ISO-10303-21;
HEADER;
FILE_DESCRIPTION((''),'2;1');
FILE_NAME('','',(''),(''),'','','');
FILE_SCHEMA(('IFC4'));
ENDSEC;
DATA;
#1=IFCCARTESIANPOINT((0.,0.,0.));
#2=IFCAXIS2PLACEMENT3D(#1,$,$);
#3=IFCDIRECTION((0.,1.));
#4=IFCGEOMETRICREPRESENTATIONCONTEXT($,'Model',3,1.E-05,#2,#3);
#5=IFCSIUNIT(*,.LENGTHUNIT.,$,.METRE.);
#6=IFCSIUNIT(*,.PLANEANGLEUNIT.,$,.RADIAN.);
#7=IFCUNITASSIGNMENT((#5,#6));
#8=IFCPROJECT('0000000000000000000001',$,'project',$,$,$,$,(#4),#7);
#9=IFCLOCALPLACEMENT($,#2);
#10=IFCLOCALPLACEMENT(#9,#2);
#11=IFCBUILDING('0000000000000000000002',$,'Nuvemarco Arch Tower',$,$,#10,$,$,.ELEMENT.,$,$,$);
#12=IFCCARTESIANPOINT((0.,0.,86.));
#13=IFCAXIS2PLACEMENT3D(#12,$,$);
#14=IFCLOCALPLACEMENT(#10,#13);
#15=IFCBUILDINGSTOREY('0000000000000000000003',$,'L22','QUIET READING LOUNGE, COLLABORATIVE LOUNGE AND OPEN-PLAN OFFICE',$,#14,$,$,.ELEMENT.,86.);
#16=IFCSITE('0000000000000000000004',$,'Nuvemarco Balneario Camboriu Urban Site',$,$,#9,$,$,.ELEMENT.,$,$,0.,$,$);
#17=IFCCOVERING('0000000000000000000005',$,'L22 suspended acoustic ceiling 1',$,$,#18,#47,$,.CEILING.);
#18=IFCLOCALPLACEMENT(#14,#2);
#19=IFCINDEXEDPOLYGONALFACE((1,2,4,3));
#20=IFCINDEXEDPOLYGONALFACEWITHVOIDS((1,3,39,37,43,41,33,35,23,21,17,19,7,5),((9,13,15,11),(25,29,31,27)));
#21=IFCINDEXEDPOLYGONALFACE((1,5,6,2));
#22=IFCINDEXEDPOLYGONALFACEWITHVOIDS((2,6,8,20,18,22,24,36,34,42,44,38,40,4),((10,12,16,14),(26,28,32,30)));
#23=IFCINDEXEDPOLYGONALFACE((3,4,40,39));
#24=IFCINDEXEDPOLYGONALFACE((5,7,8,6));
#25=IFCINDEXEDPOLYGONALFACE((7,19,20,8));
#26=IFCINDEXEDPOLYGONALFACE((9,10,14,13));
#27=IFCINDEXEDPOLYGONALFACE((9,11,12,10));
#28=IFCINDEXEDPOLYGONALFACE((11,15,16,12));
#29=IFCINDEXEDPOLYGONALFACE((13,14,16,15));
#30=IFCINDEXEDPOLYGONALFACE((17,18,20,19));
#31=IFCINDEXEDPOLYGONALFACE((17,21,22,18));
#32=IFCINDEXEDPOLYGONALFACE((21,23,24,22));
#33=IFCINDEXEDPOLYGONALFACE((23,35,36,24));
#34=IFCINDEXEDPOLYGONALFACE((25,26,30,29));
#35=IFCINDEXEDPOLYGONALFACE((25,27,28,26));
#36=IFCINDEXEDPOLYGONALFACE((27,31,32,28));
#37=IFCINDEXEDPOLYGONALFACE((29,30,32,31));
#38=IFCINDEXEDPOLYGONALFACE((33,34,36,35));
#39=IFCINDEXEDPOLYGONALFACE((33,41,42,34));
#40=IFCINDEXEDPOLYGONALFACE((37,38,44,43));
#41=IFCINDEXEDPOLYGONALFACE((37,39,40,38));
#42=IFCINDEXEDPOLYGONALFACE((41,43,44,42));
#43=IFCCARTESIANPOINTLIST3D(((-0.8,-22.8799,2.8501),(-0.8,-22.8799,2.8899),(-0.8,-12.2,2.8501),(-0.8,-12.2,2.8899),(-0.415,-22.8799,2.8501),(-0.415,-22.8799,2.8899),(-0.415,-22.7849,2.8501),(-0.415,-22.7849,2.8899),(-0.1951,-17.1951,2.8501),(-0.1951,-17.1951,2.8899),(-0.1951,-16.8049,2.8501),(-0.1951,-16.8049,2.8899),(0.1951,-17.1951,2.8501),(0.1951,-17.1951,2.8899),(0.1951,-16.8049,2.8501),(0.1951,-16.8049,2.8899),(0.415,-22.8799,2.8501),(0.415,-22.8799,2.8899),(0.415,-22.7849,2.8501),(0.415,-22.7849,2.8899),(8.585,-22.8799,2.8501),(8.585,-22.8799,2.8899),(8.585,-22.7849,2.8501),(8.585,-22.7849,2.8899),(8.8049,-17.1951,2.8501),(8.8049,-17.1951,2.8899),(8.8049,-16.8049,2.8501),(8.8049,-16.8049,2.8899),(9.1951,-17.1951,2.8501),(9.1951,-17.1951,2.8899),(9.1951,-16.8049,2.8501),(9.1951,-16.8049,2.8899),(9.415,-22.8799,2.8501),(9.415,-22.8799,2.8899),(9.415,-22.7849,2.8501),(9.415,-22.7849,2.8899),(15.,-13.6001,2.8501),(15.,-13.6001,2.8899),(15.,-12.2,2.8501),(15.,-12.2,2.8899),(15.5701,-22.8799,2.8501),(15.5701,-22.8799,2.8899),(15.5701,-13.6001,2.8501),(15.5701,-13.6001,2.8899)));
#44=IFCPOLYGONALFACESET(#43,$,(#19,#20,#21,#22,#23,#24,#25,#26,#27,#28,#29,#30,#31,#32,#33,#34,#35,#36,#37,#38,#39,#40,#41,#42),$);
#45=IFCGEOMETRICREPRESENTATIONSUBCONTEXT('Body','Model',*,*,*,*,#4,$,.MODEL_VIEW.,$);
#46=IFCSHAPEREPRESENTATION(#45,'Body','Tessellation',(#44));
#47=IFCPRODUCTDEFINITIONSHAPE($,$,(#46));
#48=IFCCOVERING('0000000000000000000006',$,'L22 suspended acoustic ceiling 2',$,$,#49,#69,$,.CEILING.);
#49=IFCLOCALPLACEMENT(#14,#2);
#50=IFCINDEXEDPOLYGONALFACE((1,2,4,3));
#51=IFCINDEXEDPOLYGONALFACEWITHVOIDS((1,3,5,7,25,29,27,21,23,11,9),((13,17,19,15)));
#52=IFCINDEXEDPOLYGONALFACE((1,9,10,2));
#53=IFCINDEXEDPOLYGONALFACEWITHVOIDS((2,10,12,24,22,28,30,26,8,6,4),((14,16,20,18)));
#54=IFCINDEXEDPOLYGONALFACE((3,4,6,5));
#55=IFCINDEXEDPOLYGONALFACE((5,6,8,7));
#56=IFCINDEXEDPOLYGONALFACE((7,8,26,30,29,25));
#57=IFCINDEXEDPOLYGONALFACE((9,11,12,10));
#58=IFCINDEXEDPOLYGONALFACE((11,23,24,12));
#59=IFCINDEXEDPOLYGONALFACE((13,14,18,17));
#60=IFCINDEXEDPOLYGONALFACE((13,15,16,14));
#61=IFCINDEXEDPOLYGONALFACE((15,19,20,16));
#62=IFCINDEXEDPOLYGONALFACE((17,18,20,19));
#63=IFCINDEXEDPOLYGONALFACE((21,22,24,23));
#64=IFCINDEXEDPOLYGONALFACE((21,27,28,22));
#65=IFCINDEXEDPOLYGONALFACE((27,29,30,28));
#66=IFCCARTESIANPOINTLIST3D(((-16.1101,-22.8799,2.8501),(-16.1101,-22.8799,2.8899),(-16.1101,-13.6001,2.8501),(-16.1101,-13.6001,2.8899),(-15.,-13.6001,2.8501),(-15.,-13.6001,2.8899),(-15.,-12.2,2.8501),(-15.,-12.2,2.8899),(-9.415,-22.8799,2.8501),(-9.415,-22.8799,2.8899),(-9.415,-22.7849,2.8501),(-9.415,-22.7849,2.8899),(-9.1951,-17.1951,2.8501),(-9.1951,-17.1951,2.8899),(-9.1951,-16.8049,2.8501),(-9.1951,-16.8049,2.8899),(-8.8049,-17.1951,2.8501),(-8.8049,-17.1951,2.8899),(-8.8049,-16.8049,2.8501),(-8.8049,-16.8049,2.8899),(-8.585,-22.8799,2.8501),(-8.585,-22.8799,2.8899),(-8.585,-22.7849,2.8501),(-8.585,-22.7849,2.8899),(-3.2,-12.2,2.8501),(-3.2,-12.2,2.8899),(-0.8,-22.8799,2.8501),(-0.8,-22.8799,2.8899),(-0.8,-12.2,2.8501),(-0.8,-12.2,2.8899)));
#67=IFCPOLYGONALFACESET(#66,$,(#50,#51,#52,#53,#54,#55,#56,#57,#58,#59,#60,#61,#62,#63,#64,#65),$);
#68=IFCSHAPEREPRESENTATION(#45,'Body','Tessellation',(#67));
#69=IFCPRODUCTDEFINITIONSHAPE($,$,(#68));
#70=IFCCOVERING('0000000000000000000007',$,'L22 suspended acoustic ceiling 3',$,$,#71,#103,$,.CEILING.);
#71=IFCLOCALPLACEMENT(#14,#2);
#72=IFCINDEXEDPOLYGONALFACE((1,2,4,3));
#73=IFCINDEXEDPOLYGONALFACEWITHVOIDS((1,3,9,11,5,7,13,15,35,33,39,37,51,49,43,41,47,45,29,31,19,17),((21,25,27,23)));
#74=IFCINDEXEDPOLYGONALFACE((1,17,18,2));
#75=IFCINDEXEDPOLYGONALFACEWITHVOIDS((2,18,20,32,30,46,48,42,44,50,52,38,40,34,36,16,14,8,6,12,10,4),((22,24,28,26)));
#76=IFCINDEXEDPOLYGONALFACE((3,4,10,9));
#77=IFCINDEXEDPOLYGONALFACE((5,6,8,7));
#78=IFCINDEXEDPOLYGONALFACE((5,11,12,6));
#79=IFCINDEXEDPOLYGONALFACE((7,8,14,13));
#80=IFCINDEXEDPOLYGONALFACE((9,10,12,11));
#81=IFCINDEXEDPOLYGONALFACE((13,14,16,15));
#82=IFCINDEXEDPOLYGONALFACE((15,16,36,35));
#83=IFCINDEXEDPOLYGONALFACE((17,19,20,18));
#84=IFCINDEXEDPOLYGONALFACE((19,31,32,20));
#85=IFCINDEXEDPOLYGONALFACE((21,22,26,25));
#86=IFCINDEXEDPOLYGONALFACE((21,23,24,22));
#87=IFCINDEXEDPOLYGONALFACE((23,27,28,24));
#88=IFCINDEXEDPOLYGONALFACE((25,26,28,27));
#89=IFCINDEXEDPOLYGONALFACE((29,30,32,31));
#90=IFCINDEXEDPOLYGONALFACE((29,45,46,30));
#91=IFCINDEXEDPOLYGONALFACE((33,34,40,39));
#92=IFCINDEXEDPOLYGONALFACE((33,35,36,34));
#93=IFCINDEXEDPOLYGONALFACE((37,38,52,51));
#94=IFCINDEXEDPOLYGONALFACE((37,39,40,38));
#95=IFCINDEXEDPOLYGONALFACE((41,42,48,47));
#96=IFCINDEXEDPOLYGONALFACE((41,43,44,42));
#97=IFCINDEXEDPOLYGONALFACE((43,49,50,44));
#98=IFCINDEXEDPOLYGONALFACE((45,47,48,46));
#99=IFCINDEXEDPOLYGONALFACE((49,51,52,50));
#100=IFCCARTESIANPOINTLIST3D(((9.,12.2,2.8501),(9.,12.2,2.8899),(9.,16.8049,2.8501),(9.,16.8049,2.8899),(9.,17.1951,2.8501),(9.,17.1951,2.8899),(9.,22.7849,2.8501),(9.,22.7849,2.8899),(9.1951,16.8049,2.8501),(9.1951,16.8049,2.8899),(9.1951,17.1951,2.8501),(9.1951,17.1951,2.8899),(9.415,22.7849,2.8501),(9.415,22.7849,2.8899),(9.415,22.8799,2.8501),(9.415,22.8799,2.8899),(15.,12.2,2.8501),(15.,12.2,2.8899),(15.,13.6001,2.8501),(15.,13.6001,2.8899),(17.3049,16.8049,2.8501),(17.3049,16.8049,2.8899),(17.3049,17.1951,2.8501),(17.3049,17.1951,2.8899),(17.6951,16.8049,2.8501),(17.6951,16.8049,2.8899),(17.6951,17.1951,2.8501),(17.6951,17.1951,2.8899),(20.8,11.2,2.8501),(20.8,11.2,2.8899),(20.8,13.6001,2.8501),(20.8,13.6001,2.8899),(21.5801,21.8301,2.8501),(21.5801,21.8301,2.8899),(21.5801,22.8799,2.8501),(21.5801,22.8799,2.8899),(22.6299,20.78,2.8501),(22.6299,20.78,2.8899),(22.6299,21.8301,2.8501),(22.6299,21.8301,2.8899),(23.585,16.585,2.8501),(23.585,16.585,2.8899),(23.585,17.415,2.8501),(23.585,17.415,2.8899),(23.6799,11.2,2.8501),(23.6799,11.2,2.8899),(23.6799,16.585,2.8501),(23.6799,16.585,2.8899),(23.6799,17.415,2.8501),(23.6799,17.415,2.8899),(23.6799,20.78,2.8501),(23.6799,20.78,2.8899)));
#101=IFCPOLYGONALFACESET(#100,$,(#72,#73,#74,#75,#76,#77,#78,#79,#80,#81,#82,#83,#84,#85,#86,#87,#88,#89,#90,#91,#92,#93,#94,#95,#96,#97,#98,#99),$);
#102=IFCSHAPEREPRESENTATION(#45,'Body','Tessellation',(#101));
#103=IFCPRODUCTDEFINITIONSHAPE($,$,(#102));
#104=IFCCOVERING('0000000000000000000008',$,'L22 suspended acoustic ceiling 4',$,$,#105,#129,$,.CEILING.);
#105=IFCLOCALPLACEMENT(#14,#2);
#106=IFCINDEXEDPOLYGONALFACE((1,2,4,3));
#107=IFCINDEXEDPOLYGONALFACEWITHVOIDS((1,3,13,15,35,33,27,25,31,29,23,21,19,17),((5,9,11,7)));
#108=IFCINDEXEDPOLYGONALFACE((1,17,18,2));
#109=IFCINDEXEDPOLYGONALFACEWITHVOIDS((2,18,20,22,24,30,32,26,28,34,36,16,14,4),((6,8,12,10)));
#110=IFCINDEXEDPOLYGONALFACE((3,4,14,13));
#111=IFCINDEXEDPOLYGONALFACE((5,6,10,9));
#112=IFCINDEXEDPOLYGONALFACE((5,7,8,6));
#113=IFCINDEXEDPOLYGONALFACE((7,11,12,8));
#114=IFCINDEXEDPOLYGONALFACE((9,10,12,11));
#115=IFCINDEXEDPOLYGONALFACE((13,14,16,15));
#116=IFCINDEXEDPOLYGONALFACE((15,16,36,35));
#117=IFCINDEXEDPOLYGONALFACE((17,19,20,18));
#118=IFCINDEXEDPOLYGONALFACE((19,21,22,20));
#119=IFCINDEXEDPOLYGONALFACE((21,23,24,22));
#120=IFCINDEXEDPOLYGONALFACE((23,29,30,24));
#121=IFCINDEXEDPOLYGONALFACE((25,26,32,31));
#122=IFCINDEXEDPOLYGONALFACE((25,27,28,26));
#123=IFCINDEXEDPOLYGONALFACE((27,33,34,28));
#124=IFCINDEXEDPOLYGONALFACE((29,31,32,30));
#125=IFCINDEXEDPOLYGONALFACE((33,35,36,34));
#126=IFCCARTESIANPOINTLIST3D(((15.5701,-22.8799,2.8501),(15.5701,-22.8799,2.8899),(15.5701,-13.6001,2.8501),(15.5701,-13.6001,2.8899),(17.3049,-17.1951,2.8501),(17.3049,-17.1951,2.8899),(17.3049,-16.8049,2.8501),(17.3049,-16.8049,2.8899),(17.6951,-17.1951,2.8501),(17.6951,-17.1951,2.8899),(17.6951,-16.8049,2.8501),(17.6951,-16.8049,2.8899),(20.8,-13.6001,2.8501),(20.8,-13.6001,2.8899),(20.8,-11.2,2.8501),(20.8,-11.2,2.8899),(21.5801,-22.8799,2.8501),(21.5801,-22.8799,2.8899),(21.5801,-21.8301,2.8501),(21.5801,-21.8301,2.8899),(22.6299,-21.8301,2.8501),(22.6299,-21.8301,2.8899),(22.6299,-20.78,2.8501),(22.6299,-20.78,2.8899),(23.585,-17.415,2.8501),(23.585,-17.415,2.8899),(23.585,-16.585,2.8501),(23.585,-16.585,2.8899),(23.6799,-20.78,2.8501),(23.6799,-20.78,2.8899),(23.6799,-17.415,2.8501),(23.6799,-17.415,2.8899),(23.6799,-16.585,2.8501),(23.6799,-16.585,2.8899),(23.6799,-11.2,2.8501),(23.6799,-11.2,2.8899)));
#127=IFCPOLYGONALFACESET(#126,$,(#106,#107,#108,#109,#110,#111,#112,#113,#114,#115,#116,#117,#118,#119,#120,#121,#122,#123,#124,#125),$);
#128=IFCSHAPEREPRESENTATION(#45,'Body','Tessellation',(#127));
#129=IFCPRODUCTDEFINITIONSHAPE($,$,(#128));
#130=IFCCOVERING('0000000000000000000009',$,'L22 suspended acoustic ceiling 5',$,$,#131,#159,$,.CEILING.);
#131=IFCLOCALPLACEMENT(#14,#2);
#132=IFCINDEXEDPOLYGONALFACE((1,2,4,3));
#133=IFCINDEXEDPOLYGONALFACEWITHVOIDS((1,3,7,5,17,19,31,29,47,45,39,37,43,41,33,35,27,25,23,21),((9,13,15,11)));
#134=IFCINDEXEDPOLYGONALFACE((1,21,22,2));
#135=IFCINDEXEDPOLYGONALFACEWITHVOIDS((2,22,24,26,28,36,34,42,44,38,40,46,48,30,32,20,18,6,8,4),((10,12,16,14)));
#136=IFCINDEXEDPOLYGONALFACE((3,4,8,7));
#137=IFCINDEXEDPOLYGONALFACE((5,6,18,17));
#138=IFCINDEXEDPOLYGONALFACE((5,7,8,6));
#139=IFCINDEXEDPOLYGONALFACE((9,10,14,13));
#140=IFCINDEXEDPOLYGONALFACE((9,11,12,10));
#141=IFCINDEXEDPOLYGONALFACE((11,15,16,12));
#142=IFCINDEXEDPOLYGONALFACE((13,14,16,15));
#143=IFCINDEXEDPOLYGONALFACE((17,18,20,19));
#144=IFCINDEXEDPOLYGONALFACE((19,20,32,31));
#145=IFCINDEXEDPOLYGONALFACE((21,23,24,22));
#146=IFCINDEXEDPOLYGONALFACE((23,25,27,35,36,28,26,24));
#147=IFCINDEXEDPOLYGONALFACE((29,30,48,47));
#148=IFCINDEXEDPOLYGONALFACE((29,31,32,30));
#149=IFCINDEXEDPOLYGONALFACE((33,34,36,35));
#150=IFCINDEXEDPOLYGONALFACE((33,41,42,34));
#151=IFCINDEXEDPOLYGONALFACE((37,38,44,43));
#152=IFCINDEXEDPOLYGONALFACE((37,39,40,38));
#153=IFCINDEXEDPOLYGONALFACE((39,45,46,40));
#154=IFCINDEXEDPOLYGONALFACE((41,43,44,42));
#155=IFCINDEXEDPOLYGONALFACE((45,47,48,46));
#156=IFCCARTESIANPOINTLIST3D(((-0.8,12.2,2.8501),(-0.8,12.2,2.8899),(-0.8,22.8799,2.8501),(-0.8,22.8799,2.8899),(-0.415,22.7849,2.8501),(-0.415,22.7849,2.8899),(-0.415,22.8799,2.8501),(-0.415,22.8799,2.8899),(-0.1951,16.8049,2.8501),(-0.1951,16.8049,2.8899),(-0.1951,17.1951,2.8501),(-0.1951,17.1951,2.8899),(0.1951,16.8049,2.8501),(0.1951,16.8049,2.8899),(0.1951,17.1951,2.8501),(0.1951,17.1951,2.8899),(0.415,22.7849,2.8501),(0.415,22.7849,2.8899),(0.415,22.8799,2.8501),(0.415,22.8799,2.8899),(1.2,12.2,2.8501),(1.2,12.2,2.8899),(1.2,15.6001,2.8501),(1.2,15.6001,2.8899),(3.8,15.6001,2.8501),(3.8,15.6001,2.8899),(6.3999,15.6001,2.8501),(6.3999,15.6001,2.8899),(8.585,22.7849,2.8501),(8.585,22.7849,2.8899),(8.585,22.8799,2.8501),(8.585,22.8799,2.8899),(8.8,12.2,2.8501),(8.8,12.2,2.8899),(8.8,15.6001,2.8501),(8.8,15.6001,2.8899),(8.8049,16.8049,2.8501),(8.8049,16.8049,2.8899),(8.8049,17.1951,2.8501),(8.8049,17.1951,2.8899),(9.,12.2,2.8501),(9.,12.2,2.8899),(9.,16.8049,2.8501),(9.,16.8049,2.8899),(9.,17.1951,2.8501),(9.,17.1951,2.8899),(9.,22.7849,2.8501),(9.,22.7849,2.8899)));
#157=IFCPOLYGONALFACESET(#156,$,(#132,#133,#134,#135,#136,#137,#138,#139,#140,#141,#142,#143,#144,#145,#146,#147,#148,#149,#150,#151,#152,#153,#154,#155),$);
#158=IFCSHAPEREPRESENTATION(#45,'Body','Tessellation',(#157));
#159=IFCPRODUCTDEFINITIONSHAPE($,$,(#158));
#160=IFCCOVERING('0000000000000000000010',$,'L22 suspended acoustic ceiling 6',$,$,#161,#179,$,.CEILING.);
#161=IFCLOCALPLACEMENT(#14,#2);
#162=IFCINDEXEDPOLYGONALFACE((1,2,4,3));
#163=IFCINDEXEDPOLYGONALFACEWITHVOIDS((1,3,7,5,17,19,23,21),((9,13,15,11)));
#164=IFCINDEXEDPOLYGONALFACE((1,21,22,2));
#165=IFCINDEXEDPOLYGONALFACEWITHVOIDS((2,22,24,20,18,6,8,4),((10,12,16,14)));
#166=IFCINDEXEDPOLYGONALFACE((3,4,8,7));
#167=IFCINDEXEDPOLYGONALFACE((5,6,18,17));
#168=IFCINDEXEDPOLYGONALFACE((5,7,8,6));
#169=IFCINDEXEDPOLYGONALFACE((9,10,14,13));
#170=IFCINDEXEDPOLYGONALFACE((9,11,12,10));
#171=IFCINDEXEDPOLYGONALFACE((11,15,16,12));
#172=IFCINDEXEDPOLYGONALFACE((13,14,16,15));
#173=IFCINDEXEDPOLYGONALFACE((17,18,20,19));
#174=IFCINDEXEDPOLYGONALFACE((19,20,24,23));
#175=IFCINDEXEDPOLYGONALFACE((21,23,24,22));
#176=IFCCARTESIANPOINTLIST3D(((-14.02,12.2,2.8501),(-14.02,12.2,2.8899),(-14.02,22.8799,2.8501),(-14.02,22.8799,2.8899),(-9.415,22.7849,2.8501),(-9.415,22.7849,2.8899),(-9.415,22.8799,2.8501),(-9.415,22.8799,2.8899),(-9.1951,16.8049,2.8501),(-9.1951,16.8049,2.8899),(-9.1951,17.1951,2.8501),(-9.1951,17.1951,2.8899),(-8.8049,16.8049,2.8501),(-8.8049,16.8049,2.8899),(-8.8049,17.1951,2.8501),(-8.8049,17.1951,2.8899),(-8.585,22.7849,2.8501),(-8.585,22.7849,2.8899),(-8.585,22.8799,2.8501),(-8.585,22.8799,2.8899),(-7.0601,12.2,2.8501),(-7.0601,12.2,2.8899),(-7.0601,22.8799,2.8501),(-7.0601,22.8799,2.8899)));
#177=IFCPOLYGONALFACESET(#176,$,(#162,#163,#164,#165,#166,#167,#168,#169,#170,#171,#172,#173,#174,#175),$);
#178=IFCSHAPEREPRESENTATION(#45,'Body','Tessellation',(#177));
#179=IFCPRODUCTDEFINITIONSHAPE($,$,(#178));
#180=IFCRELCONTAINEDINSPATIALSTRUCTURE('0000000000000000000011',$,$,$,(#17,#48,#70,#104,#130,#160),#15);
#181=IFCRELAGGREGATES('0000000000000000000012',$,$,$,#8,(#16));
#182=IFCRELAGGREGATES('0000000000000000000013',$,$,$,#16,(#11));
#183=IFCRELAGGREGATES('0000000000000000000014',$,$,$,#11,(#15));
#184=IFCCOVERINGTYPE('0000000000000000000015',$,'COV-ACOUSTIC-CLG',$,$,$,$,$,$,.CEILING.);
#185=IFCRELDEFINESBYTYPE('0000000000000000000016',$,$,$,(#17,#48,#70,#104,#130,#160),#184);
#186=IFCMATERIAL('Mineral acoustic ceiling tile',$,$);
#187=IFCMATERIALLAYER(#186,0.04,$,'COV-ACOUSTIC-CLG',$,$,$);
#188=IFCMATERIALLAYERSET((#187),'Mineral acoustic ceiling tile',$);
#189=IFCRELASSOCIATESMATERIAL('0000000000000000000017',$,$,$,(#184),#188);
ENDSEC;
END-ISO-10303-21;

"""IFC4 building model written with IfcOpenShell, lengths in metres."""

from ifc_helpers import new_model, si_unit, direction, frame, origin, place, context, subcontext, project, spatial, polyline, outline, extrude, material, layer, layer_set, type_object, element, save


model = new_model("IFC4")

# Units and contexts
model_context = context("Model", 3, precision=1e-05, world=origin(), true_north=direction((0.0, 1.0)))
body_context = subcontext(model_context, "Body", "Model", "MODEL_VIEW")
ifc_project = project(units=[si_unit("LENGTHUNIT", "METRE"), si_unit("PLANEANGLEUNIT", "RADIAN")], contexts=[model_context])

# Site, building, storey
site_placement = place(None, origin())
site = spatial("IfcSite", under=ifc_project, at=site_placement, Name="Nuvemarco Balneario Camboriu Urban Site", CompositionType="ELEMENT", RefElevation=0.0)
building_placement = place(site_placement, origin())
building = spatial("IfcBuilding", under=site, at=building_placement, Name="Nuvemarco Arch Tower", CompositionType="ELEMENT")
storey_placement = place(building_placement, frame((0.0, 0.0, 86.0)))
storey = spatial("IfcBuildingStorey", under=building, at=storey_placement, Name="L22", Description="QUIET READING LOUNGE, COLLABORATIVE LOUNGE AND OPEN-PLAN OFFICE", CompositionType="ELEMENT", Elevation=86.0)

# Coverings
ifc_material_1 = material(Name="Mineral acoustic ceiling tile")
ifc_layer_1 = layer(ifc_material_1, 0.04, Name="COV-ACOUSTIC-CLG")
ifc_layer_set_1 = layer_set([ifc_layer_1], Name="Mineral acoustic ceiling tile")
covering_type_1 = type_object("IfcCoveringType", Name="COV-ACOUSTIC-CLG", PredefinedType="CEILING", material=ifc_layer_set_1)
covering_1_placement = place(storey_placement, frame((0.0, 0.0, 2.8501)))
element("IfcCovering", 1, at=covering_1_placement, inside=storey, type_object=covering_type_1, Name="L22 suspended acoustic ceiling 1", PredefinedType="CEILING", context=body_context, shape_type="SweptSolid", body=[
    extrude(outline(polyline([(15.5701, -13.6001), (15.5701, -22.8799), (9.415, -22.8799), (9.415, -22.7849), (8.585, -22.7849), (8.585, -22.8799), (0.415, -22.8799), (0.415, -22.7849), (-0.415, -22.7849), (-0.415, -22.8799), (-0.8, -22.8799), (-0.8, -12.2), (15.0, -12.2), (15.0, -13.6001), (15.5701, -13.6001)]), holes=[polyline([(0.1951, -17.1951), (0.1951, -16.8049), (-0.1951, -16.8049), (-0.1951, -17.1951), (0.1951, -17.1951)]), polyline([(9.1951, -17.1951), (9.1951, -16.8049), (8.8049, -16.8049), (8.8049, -17.1951), (9.1951, -17.1951)])]), origin(), (0.0, 0.0, 1.0), 0.0398),
])
covering_2_placement = place(storey_placement, frame((0.0, 0.0, 2.8501)))
element("IfcCovering", 2, at=covering_2_placement, inside=storey, type_object=covering_type_1, Name="L22 suspended acoustic ceiling 2", PredefinedType="CEILING", context=body_context, shape_type="SweptSolid", body=[
    extrude(outline(polyline([(-3.2, -12.2), (-0.8, -12.2), (-0.8, -22.8799), (-8.585, -22.8799), (-8.585, -22.7849), (-9.415, -22.7849), (-9.415, -22.8799), (-16.1101, -22.8799), (-16.1101, -13.6001), (-15.0, -13.6001), (-15.0, -12.2), (-3.2, -12.2)]), holes=[polyline([(-8.8049, -17.1951), (-8.8049, -16.8049), (-9.1951, -16.8049), (-9.1951, -17.1951), (-8.8049, -17.1951)])]), origin(), (0.0, 0.0, 1.0), 0.0398),
])
covering_3_placement = place(storey_placement, frame((0.0, 0.0, 2.8501)))
element("IfcCovering", 3, at=covering_3_placement, inside=storey, type_object=covering_type_1, Name="L22 suspended acoustic ceiling 3", PredefinedType="CEILING", context=body_context, shape_type="SweptSolid", body=[
    extrude(outline(polyline([(23.6799, 20.78), (23.6799, 17.415), (23.585, 17.415), (23.585, 16.585), (23.6799, 16.585), (23.6799, 11.2), (20.8, 11.2), (20.8, 13.6001), (15.0, 13.6001), (15.0, 12.2), (9.0, 12.2), (9.0, 16.8049), (9.1951, 16.8049), (9.1951, 17.1951), (9.0, 17.1951), (9.0, 22.7849), (9.415, 22.7849), (9.415, 22.8799), (21.5801, 22.8799), (21.5801, 21.8301), (22.6299, 21.8301), (22.6299, 20.78), (23.6799, 20.78)]), holes=[polyline([(17.6951, 16.8049), (17.6951, 17.1951), (17.3049, 17.1951), (17.3049, 16.8049), (17.6951, 16.8049)])]), origin(), (0.0, 0.0, 1.0), 0.0398),
])
covering_4_placement = place(storey_placement, frame((0.0, 0.0, 2.8501)))
element("IfcCovering", 4, at=covering_4_placement, inside=storey, type_object=covering_type_1, Name="L22 suspended acoustic ceiling 4", PredefinedType="CEILING", context=body_context, shape_type="SweptSolid", body=[
    extrude(outline(polyline([(21.5801, -22.8799), (15.5701, -22.8799), (15.5701, -13.6001), (20.8, -13.6001), (20.8, -11.2), (23.6799, -11.2), (23.6799, -16.585), (23.585, -16.585), (23.585, -17.415), (23.6799, -17.415), (23.6799, -20.78), (22.6299, -20.78), (22.6299, -21.8301), (21.5801, -21.8301), (21.5801, -22.8799)]), holes=[polyline([(17.6951, -17.1951), (17.6951, -16.8049), (17.3049, -16.8049), (17.3049, -17.1951), (17.6951, -17.1951)])]), origin(), (0.0, 0.0, 1.0), 0.0398),
])
covering_5_placement = place(storey_placement, frame((0.0, 0.0, 2.8501)))
element("IfcCovering", 5, at=covering_5_placement, inside=storey, type_object=covering_type_1, Name="L22 suspended acoustic ceiling 5", PredefinedType="CEILING", context=body_context, shape_type="SweptSolid", body=[
    extrude(outline(polyline([(1.2, 15.6001), (1.2, 12.2), (-0.8, 12.2), (-0.8, 22.8799), (-0.415, 22.8799), (-0.415, 22.7849), (0.415, 22.7849), (0.415, 22.8799), (8.585, 22.8799), (8.585, 22.7849), (9.0, 22.7849), (9.0, 17.1951), (8.8049, 17.1951), (8.8049, 16.8049), (9.0, 16.8049), (9.0, 12.2), (8.8, 12.2), (8.8, 15.6001), (6.3999, 15.6001), (3.8, 15.6001), (1.2, 15.6001)]), holes=[polyline([(0.1951, 16.8049), (0.1951, 17.1951), (-0.1951, 17.1951), (-0.1951, 16.8049), (0.1951, 16.8049)])]), origin(), (0.0, 0.0, 1.0), 0.0398),
])
covering_6_placement = place(storey_placement, frame((0.0, 0.0, 2.8501)))
element("IfcCovering", 6, at=covering_6_placement, inside=storey, type_object=covering_type_1, Name="L22 suspended acoustic ceiling 6", PredefinedType="CEILING", context=body_context, shape_type="SweptSolid", body=[
    extrude(outline(polyline([(-7.0601, 12.2), (-14.02, 12.2), (-14.02, 22.8799), (-9.415, 22.8799), (-9.415, 22.7849), (-8.585, 22.7849), (-8.585, 22.8799), (-7.0601, 22.8799), (-7.0601, 12.2)]), holes=[polyline([(-8.8049, 16.8049), (-8.8049, 17.1951), (-9.1951, 17.1951), (-9.1951, 16.8049), (-8.8049, 16.8049)])]), origin(), (0.0, 0.0, 1.0), 0.0398),
])

save(model, "model.ifc")
